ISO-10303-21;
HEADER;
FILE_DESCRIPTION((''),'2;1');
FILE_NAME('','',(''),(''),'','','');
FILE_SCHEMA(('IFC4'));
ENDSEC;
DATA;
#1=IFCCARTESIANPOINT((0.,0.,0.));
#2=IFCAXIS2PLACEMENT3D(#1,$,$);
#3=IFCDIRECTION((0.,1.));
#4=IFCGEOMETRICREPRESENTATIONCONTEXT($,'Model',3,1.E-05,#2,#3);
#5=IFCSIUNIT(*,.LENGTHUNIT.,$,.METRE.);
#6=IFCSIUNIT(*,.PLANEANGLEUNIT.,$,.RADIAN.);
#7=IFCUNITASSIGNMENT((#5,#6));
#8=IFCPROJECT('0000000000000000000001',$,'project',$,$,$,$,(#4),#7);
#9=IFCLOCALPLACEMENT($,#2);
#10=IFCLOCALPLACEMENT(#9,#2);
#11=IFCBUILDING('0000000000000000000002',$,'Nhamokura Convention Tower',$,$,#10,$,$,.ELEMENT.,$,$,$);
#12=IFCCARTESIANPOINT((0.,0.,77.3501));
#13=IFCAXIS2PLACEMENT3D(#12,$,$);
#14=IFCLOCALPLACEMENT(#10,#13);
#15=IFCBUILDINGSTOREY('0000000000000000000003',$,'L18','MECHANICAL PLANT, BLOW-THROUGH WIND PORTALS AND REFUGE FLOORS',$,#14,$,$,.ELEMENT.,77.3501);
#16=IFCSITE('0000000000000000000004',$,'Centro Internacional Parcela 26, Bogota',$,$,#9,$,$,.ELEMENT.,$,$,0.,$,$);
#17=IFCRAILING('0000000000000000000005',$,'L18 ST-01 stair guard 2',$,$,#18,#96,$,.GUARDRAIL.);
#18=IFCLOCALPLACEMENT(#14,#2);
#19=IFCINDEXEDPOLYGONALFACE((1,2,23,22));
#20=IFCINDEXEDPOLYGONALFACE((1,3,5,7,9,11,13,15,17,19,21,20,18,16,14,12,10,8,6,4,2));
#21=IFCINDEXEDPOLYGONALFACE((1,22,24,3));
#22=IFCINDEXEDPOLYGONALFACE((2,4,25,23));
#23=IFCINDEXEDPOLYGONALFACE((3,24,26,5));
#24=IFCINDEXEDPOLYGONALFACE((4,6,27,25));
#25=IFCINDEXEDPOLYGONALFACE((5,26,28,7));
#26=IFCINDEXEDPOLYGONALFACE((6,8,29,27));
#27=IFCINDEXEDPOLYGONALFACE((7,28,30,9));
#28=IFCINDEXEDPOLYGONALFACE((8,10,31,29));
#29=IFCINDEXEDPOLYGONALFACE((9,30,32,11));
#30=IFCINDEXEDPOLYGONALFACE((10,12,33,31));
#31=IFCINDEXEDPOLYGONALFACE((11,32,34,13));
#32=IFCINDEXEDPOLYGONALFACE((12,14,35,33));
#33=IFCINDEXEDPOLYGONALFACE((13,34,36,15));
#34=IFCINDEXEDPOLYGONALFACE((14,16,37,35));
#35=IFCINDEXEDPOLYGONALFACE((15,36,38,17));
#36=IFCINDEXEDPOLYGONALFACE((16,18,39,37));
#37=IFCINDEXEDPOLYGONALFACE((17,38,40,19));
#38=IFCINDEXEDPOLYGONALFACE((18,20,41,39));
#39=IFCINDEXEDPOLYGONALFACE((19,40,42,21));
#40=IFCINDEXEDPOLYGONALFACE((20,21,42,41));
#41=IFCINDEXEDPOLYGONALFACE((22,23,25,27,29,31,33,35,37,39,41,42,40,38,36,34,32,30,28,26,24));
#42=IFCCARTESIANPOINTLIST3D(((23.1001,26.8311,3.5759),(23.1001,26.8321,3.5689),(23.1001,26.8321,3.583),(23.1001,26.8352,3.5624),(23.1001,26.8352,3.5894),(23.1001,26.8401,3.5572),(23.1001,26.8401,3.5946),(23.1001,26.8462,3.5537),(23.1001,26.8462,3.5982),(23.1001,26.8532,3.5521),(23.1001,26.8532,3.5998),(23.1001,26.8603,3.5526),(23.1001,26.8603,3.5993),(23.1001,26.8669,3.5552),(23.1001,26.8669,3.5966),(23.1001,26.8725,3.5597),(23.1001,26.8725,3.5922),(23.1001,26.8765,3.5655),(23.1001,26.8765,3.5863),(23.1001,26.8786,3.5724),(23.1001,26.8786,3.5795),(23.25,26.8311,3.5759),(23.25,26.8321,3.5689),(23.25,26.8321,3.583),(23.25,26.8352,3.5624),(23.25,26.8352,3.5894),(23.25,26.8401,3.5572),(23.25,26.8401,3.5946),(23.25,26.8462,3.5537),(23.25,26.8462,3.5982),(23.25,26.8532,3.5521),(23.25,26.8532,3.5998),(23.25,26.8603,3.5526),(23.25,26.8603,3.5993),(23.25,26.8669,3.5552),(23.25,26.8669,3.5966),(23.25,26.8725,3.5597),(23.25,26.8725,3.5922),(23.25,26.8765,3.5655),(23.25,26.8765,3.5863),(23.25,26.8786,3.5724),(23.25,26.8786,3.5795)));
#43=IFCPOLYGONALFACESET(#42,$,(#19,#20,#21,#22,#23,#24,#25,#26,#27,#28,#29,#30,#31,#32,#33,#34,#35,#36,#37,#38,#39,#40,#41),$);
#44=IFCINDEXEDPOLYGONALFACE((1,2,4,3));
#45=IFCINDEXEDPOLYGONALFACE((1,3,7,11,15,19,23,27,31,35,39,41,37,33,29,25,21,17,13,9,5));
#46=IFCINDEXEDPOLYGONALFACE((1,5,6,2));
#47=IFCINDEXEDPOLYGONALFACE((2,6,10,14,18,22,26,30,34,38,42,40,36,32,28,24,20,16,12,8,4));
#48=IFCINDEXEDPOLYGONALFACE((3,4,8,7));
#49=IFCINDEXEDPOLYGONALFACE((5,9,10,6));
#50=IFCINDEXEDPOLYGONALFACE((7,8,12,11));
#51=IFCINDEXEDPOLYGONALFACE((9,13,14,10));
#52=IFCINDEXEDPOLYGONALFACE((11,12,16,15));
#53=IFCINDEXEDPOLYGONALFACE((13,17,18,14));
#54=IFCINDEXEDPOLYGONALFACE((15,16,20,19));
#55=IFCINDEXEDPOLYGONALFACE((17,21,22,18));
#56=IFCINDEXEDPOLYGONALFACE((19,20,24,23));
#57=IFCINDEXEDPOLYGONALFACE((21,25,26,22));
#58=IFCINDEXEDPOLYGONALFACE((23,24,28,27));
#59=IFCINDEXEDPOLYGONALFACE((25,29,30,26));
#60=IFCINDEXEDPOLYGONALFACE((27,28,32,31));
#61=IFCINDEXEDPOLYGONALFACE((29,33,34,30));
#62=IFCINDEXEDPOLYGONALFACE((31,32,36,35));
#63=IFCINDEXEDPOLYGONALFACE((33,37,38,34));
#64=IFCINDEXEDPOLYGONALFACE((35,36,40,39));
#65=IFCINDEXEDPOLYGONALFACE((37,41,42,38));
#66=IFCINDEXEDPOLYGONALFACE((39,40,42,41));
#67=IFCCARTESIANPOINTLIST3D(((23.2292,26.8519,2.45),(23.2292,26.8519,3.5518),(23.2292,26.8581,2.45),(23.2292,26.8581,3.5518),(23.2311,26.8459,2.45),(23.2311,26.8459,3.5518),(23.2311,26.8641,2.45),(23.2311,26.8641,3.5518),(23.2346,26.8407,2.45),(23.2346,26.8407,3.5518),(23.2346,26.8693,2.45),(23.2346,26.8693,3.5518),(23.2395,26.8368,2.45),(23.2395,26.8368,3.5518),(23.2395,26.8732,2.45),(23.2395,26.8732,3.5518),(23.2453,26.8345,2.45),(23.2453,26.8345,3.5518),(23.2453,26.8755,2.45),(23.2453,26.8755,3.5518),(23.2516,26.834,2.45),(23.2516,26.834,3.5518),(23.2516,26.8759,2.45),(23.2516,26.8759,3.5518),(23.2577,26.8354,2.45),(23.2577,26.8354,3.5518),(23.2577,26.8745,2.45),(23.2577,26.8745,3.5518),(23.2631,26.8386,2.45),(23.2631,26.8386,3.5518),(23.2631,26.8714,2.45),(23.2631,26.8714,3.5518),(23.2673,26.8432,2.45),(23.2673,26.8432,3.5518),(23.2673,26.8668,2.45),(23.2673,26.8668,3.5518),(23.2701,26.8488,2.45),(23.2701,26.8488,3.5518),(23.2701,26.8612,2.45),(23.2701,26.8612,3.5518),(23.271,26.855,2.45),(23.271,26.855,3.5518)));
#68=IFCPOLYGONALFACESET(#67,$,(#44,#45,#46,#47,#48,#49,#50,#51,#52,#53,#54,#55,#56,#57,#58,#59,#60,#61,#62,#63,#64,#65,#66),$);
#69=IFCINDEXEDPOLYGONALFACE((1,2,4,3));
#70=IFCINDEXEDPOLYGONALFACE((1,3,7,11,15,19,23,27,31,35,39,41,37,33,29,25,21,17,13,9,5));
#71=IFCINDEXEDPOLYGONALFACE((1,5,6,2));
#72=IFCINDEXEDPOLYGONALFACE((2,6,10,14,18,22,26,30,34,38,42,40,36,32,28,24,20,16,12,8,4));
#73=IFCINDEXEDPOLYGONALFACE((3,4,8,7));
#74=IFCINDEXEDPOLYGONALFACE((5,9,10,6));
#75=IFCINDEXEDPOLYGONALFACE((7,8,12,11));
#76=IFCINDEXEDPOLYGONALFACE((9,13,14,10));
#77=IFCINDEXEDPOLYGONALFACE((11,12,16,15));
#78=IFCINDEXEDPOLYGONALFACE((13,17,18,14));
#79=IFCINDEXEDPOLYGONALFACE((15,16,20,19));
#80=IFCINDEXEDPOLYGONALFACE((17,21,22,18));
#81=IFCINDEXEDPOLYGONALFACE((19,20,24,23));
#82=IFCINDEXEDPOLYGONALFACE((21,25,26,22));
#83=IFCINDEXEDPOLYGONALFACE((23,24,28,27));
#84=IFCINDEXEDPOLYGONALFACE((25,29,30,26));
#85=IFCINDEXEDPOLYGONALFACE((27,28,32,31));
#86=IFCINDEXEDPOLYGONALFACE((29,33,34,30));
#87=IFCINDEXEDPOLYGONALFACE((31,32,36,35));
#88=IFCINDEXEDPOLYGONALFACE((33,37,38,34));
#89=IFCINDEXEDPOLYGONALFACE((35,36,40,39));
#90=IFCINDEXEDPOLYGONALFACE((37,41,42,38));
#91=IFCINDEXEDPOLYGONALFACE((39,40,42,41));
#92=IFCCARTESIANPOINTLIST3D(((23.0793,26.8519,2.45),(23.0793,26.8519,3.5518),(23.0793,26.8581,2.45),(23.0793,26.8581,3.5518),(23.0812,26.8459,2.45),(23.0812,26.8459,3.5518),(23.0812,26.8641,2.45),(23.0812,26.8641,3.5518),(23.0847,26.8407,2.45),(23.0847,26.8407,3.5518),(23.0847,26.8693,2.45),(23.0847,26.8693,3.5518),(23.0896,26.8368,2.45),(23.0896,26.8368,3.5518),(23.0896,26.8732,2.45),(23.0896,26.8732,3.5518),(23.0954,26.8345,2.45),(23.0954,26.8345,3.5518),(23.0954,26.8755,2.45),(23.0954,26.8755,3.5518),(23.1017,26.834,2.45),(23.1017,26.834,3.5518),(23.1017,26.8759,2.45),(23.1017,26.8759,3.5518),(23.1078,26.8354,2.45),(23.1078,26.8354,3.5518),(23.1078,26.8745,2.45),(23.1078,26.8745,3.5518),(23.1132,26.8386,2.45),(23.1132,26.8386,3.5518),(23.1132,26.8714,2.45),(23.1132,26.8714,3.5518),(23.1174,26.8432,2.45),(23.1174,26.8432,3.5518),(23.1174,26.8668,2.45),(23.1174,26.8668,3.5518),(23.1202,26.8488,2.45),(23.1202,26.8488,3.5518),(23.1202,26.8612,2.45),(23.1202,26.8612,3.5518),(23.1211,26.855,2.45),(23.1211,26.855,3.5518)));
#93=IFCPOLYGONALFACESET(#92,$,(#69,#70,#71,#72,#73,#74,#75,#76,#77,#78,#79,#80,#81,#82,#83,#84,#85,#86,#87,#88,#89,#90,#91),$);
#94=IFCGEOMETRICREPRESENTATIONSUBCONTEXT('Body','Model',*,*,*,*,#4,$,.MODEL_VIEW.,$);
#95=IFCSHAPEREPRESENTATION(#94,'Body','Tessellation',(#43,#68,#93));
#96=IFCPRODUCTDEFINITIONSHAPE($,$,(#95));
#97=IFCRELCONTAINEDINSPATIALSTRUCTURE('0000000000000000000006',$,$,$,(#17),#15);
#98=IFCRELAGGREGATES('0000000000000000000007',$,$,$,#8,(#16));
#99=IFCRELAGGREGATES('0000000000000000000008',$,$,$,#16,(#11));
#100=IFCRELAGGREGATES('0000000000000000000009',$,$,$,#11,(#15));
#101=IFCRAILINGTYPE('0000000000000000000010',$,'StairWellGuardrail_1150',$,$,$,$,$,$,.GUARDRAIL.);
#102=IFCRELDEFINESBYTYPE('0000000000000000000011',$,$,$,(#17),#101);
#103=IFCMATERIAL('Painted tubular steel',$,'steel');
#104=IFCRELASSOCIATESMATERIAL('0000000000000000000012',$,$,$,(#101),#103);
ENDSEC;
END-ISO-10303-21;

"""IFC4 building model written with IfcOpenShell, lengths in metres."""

from ifc_helpers import new_model, si_unit, direction, frame, origin, origin_2d, place, context, subcontext, project, spatial, circle, extrude, material, type_object, element, save


model = new_model("IFC4")

# Units and contexts
model_context = context("Model", 3, precision=1e-05, world=origin(), true_north=direction((0.0, 1.0)))
body_context = subcontext(model_context, "Body", "Model", "MODEL_VIEW")
ifc_project = project(units=[si_unit("LENGTHUNIT", "METRE"), si_unit("PLANEANGLEUNIT", "RADIAN")], contexts=[model_context])

# Site, building, storey
site_placement = place(None, origin())
site = spatial("IfcSite", under=ifc_project, at=site_placement, Name="Centro Internacional Parcela 26, Bogota", CompositionType="ELEMENT", RefElevation=0.0)
building_placement = place(site_placement, origin())
building = spatial("IfcBuilding", under=site, at=building_placement, Name="Nhamokura Convention Tower", CompositionType="ELEMENT")
storey_placement = place(building_placement, frame((0.0, 0.0, 77.3501)))
storey = spatial("IfcBuildingStorey", under=building, at=storey_placement, Name="L18", Description="MECHANICAL PLANT, BLOW-THROUGH WIND PORTALS AND REFUGE FLOORS", CompositionType="ELEMENT", Elevation=77.3501)

# Railing
ifc_material_1 = material(Name="Painted tubular steel", Category="steel")
railing_type_1 = type_object("IfcRailingType", Name="StairWellGuardrail_1150", PredefinedType="GUARDRAIL", material=ifc_material_1)
railing_1_placement = place(storey_placement, frame((23.25, 26.855, 2.45)))
element("IfcRailing", 1, at=railing_1_placement, inside=storey, type_object=railing_type_1, Name="L18 ST-01 stair guard 2", PredefinedType="GUARDRAIL", context=body_context, shape_type="SweptSolid", body=[
    extrude(circle(Radius=0.0239, at=origin_2d()), frame((0.0, 0.0, 1.126), z_axis=(-1.0, 0.0, 0.0), x_axis=(0.0, -1.0, 0.0)), (0.0, 0.0, 1.0), 0.1499),
    extrude(circle(Radius=0.021, at=origin_2d()), origin(), (0.0, 0.0, 1.0), 1.1018),
    extrude(circle(Radius=0.021, at=origin_2d()), frame((-0.1499, 0.0, 0.0)), (0.0, 0.0, 1.0), 1.1018),
])

save(model, "model.ifc")
